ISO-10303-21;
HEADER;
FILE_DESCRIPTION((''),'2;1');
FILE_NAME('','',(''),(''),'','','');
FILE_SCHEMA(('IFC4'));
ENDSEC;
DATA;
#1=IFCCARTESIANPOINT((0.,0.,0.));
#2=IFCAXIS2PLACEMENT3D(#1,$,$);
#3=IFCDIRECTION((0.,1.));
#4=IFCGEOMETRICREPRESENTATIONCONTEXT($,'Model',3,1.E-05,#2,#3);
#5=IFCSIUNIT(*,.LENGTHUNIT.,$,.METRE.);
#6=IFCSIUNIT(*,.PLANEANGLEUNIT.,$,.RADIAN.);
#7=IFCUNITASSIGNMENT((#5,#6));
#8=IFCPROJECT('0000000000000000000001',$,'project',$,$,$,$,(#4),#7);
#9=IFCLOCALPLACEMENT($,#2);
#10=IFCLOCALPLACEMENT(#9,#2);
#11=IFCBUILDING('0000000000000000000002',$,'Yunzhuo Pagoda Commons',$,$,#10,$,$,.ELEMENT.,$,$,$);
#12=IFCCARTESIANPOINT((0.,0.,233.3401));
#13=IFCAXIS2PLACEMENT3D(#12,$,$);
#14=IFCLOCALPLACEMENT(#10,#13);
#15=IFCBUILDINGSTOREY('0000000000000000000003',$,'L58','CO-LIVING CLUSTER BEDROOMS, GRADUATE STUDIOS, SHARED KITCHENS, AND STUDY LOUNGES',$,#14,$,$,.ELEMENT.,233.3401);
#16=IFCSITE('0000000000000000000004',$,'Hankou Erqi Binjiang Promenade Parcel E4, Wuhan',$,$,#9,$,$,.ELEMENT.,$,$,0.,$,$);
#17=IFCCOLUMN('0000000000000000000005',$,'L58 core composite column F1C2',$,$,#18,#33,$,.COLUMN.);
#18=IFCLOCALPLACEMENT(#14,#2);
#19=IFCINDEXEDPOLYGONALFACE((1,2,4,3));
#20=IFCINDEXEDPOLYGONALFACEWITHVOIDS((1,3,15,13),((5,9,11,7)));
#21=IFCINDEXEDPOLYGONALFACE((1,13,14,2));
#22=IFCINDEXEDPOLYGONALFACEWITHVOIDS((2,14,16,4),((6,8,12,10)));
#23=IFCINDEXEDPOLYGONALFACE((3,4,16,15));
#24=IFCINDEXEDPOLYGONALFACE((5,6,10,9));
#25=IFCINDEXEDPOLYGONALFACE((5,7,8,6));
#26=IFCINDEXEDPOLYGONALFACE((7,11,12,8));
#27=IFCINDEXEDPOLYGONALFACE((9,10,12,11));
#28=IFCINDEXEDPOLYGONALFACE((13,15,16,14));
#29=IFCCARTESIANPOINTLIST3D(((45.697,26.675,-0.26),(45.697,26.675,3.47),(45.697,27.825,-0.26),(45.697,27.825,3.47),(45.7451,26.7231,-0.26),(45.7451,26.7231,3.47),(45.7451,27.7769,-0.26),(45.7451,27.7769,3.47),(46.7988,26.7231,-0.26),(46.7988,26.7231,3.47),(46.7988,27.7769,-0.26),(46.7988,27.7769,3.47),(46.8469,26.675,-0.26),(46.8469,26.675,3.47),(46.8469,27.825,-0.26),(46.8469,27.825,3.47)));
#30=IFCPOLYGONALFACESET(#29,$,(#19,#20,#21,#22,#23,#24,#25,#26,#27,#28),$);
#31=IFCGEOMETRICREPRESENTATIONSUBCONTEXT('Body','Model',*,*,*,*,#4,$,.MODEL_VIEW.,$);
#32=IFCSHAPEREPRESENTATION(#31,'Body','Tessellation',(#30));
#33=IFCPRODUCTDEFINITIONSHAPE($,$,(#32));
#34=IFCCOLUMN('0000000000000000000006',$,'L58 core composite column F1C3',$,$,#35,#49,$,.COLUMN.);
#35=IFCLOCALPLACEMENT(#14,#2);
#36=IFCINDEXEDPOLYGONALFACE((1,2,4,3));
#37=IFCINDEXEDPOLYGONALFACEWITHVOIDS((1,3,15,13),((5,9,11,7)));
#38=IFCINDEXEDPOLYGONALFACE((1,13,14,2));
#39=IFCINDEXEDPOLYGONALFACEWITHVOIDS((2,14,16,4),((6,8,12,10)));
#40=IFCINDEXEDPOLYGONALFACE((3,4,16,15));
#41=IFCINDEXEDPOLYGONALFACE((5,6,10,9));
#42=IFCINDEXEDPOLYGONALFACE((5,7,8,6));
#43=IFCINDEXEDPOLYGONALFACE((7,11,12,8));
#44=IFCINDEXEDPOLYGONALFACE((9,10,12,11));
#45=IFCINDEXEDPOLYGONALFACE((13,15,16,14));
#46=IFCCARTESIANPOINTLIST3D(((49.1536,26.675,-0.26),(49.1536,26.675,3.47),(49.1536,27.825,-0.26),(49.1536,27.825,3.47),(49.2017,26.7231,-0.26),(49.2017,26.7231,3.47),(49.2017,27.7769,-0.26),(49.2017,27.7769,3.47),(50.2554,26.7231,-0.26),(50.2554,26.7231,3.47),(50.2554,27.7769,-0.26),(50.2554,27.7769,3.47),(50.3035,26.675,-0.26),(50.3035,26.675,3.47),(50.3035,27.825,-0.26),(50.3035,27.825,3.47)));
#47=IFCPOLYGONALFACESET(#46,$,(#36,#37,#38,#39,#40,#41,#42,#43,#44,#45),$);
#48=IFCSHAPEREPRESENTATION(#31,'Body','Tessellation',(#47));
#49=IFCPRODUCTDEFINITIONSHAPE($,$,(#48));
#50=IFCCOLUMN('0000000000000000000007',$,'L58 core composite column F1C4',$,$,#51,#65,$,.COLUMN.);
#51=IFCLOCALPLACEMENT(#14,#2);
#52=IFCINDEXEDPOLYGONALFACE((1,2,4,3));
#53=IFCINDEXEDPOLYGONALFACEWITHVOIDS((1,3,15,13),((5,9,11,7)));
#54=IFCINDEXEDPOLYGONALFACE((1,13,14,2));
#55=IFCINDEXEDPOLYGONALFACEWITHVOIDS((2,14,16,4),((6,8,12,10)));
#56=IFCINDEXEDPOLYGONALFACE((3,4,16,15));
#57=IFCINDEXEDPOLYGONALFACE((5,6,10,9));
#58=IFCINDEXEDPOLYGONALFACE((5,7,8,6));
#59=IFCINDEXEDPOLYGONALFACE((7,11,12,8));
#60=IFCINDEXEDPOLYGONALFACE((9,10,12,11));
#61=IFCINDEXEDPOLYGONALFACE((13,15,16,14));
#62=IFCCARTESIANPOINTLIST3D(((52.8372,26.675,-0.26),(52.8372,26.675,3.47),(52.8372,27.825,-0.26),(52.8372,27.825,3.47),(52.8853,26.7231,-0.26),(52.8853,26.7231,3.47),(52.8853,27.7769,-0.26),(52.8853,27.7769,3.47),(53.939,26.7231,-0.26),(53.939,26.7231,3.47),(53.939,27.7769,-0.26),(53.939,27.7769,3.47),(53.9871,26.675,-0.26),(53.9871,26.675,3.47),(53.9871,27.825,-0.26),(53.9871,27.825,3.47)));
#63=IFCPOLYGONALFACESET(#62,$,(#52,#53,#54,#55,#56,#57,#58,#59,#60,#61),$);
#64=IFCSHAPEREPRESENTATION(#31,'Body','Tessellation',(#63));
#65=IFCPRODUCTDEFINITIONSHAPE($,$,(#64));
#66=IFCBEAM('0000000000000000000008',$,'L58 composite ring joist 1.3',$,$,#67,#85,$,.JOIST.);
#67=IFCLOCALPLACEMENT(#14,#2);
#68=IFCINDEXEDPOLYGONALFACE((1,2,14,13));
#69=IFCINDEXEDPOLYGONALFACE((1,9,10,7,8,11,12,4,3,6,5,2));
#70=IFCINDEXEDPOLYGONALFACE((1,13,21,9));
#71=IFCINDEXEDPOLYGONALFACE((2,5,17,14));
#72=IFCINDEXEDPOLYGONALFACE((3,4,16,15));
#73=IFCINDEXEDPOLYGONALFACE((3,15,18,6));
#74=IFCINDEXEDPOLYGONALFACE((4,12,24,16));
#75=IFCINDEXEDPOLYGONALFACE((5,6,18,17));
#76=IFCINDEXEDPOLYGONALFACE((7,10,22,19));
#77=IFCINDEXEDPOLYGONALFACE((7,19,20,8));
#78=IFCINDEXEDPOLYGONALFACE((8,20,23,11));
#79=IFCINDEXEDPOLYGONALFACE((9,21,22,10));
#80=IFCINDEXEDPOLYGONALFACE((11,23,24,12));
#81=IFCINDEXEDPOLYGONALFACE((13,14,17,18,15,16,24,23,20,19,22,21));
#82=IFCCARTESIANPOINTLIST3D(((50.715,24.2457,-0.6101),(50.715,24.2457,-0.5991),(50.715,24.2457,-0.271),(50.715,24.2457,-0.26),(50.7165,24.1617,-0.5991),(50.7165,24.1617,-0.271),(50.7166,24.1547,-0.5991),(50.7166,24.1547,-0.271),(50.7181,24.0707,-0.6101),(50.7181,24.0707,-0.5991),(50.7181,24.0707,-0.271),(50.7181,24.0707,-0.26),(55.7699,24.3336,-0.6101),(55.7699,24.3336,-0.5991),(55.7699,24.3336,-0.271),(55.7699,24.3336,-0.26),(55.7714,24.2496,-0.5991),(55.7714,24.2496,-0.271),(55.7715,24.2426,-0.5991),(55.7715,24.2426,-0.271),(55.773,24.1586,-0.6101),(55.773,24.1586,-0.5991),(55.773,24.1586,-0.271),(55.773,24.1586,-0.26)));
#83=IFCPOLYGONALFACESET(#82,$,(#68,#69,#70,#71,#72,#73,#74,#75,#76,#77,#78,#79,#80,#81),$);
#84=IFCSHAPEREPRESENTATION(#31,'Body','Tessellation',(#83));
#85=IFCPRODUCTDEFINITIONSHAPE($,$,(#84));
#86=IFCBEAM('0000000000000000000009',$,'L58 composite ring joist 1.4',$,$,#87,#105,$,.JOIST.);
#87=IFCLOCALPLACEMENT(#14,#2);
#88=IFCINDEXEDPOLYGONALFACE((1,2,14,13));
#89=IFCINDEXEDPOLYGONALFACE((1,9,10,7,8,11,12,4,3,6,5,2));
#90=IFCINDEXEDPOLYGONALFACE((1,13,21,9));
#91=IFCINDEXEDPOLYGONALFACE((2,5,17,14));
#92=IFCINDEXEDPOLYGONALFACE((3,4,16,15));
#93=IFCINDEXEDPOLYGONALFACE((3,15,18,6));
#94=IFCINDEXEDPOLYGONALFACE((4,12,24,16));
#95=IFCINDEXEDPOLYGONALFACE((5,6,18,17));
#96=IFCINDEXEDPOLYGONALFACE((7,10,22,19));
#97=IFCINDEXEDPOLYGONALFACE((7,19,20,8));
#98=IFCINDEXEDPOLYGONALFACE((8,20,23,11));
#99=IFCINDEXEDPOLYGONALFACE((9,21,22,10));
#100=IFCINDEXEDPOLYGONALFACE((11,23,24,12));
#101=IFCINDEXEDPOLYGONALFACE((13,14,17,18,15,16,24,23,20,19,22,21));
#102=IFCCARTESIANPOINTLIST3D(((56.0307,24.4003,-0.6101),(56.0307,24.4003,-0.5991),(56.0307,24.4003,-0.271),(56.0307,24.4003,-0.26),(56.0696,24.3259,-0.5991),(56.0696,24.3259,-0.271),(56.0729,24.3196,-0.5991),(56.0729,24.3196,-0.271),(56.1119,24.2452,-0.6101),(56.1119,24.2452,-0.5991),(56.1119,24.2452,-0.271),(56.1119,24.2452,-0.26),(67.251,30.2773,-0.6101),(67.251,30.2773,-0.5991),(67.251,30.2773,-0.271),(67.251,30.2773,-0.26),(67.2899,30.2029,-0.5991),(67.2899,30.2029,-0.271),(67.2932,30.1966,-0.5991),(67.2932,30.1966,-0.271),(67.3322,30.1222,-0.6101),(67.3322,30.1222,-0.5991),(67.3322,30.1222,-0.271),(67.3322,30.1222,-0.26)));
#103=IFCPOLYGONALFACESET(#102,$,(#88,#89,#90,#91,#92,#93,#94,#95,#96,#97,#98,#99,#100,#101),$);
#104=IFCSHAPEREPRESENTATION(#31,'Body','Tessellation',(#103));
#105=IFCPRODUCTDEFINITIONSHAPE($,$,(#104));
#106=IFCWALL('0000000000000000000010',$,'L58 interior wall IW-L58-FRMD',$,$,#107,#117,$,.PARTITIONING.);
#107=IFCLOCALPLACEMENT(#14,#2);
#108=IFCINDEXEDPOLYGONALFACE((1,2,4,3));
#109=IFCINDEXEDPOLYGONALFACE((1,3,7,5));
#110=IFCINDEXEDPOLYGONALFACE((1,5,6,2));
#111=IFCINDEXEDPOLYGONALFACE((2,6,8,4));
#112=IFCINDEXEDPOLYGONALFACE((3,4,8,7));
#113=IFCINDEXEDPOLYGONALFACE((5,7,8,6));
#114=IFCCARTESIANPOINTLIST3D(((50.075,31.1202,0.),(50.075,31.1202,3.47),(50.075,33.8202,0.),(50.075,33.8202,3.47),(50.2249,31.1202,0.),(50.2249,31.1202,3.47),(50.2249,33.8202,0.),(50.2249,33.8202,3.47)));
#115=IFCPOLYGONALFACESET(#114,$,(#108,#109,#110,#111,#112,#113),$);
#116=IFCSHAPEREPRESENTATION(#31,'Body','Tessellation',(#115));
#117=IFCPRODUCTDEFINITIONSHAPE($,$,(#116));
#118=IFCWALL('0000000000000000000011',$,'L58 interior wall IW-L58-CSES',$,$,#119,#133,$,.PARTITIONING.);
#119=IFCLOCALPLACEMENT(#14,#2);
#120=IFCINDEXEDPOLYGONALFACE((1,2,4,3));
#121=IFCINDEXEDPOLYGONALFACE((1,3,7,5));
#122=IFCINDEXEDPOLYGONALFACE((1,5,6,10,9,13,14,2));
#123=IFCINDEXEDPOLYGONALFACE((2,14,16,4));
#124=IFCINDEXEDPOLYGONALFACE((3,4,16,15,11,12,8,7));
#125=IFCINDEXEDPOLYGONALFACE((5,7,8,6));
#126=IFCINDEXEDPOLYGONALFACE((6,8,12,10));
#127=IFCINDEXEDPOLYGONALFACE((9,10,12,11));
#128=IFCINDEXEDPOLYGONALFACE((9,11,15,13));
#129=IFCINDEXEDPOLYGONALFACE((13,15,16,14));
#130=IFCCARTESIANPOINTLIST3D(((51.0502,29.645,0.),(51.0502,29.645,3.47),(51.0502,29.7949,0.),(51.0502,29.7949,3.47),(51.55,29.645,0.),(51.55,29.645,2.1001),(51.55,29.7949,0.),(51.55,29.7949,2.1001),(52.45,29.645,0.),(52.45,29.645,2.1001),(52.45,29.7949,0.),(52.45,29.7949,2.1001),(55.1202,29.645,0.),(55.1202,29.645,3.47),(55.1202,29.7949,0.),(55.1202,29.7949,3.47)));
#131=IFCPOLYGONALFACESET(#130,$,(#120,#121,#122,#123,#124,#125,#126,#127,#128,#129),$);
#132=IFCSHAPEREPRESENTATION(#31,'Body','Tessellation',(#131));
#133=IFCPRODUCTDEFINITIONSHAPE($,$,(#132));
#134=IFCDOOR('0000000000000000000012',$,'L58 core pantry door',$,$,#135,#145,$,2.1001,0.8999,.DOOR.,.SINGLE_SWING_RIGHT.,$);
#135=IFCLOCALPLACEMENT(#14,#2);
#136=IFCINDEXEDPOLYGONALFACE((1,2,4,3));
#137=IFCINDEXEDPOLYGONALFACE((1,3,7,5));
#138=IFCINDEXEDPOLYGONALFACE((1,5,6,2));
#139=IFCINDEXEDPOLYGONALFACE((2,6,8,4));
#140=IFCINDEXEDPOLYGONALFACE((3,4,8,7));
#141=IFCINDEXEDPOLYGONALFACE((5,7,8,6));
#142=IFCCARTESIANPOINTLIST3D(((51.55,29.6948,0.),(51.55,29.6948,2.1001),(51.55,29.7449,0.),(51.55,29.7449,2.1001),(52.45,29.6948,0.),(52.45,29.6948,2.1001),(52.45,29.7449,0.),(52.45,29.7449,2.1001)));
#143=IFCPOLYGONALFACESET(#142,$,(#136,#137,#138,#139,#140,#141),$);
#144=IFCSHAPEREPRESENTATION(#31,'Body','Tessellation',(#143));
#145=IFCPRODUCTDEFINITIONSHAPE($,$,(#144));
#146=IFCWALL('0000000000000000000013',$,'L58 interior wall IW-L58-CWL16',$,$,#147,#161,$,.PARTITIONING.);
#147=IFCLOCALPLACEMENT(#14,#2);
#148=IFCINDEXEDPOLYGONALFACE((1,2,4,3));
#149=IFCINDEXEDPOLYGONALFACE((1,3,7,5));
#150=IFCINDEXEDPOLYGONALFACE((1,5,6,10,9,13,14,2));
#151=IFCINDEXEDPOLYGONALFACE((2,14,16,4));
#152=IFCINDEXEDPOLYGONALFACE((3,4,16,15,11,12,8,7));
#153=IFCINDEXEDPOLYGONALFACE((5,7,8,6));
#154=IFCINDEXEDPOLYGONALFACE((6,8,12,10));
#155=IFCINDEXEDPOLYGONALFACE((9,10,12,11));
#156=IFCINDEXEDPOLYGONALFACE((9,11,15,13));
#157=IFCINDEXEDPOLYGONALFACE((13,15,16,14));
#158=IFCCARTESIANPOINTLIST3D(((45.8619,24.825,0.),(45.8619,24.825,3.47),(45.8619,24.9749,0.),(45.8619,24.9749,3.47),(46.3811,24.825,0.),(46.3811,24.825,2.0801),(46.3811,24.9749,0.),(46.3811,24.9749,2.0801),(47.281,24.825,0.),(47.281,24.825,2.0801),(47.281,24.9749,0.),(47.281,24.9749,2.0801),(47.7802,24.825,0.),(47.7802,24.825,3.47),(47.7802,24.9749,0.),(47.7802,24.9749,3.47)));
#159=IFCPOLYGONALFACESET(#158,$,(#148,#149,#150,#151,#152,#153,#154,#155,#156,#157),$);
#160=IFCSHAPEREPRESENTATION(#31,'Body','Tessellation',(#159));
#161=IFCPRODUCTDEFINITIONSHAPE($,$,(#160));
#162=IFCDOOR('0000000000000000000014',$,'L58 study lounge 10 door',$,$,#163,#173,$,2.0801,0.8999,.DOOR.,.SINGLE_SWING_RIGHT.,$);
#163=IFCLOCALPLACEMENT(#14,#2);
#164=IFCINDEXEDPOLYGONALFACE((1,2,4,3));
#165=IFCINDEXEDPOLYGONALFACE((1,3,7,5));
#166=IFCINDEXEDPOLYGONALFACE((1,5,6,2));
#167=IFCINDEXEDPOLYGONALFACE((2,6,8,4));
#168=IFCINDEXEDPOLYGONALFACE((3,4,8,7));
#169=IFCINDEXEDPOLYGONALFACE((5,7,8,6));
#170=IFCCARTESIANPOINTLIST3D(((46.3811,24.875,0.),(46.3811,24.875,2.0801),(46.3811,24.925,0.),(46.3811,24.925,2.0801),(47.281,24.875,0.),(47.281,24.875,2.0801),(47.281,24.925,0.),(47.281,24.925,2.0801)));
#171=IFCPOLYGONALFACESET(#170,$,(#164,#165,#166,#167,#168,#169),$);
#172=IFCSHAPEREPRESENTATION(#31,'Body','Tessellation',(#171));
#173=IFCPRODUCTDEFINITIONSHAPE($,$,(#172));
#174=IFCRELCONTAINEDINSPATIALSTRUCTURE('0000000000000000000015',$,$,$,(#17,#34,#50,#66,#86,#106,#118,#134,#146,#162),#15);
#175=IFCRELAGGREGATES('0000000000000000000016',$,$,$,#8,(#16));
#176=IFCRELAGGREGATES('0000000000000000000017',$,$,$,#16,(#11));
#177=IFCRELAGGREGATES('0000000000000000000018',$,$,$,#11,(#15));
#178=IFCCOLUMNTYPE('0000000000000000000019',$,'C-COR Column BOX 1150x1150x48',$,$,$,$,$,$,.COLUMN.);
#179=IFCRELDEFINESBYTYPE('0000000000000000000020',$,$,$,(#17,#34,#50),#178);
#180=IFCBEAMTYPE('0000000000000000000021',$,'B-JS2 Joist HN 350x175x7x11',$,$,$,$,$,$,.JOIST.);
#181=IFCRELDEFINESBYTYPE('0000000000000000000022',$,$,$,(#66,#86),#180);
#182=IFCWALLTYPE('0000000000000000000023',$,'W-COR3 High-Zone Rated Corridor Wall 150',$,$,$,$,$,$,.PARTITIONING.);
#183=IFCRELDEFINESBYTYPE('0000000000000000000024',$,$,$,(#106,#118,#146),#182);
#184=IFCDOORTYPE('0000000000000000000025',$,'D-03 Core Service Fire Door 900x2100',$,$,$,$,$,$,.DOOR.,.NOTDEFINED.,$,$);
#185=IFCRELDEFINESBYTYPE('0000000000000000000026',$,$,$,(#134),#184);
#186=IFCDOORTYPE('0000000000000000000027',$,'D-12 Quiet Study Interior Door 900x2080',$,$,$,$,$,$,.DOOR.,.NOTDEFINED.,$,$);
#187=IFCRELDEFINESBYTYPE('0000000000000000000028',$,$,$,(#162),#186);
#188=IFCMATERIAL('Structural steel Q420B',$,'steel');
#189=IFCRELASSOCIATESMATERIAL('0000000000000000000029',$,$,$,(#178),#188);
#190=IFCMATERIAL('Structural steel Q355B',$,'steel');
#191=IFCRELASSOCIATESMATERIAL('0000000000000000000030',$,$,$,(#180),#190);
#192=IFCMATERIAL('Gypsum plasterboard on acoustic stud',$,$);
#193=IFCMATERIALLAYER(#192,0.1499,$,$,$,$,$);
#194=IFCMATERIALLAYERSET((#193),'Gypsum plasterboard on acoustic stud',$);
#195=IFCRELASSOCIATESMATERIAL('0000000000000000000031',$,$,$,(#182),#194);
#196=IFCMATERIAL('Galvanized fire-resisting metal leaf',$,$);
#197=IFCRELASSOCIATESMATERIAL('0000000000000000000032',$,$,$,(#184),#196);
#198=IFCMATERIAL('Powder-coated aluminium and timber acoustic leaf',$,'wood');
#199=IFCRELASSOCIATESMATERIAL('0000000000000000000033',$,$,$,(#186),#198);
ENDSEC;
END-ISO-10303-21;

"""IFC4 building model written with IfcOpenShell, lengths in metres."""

from ifc_helpers import new_model, si_unit, direction, frame, frame_2d, origin, origin_with_axes, origin_2d, place, context, subcontext, project, spatial, rectangle, hollow_rectangle, i_section, extrude, source, transform, mapped, material, layer, layer_set, material_profile, profile_set, type_object, element, fill, save


model = new_model("IFC4")

# Units and contexts
model_context = context("Model", 3, precision=1e-05, world=origin(), true_north=direction((0.0, 1.0)))
body_context = subcontext(model_context, "Body", "Model", "MODEL_VIEW")
ifc_project = project(units=[si_unit("LENGTHUNIT", "METRE"), si_unit("PLANEANGLEUNIT", "RADIAN")], contexts=[model_context])

# Site, building, storey
site_placement = place(None, origin())
site = spatial("IfcSite", under=ifc_project, at=site_placement, Name="Hankou Erqi Binjiang Promenade Parcel E4, Wuhan", CompositionType="ELEMENT", RefElevation=0.0)
building_placement = place(site_placement, origin())
building = spatial("IfcBuilding", under=site, at=building_placement, Name="Yunzhuo Pagoda Commons", CompositionType="ELEMENT")
storey_placement = place(building_placement, frame((0.0, 0.0, 233.3401)))
storey = spatial("IfcBuildingStorey", under=building, at=storey_placement, Name="L58", Description="CO-LIVING CLUSTER BEDROOMS, GRADUATE STUDIOS, SHARED KITCHENS, AND STUDY LOUNGES", CompositionType="ELEMENT", Elevation=233.3401)

# Columns
ifc_material_1 = material(Name="Structural steel Q420B", Category="steel")
ifc_material_profile_1 = material_profile(ifc_material_1, hollow_rectangle(XDim=1.1499, YDim=1.1499, WallThickness=0.0481, at=origin_2d()), Name="Structural steel Q420B")
ifc_profile_set_1 = profile_set([ifc_material_profile_1], Name="Structural steel Q420B")
column_type = type_object("IfcColumnType", Name="C-COR Column BOX 1150x1150x48", PredefinedType="COLUMN", material=ifc_profile_set_1)
shared_shape_1 = source(origin(), body_context, "Body", "SweptSolid", [
    extrude(hollow_rectangle(XDim=1.1499, YDim=1.1499, WallThickness=0.0481, at=origin_2d()), origin(), (0.0, 0.0, 1.0), 3.73),
])
for number, where, z_axis, x_axis, name in (
    (1, (46.272, 27.25, -0.26), (0.0, 0.0, 1.0), (1.0, 0.0, 0.0), "L58 core composite column F1C2"),
    (2, (49.7285, 27.25, -0.26), (0.0, 0.0, 1.0), (1.0, 0.0, 0.0), "L58 core composite column F1C3"),
    (3, (53.4121, 27.25, -0.26), (0.0, 0.0, 1.0), (1.0, 0.0, 0.0), "L58 core composite column F1C4"),
):
    element("IfcColumn", number, at=place(storey_placement, frame(where, z_axis=z_axis, x_axis=x_axis)), inside=storey, type_object=column_type, Name=name, PredefinedType="COLUMN", context=body_context, shape_type="MappedRepresentation", body=[
        mapped(shared_shape_1, transform((0.0, 0.0, 0.0), scale=1.0)),
    ])

# Beams
ifc_material_2 = material(Name="Structural steel Q355B", Category="steel")
ifc_material_profile_2 = material_profile(ifc_material_2, i_section(OverallWidth=0.175, OverallDepth=0.3501, WebThickness=0.0071, FlangeThickness=0.011, at=origin_2d()), Name="Structural steel Q355B")
ifc_profile_set_2 = profile_set([ifc_material_profile_2], Name="Structural steel Q355B")
beam_type = type_object("IfcBeamType", Name="B-JS2 Joist HN 350x175x7x11", PredefinedType="JOIST", material=ifc_profile_set_2)
shared_shape_2 = source(origin(), body_context, "Body", "SweptSolid", [
    extrude(i_section(OverallWidth=0.175, OverallDepth=0.3501, WebThickness=0.0071, FlangeThickness=0.011, at=origin_2d()), origin(), (0.0, 0.0, 1.0), 5.0557),
])
beam_1_placement = place(storey_placement, frame((50.7166, 24.1582, -0.4351), z_axis=(0.999849, 0.017384, 0.0), x_axis=(-0.017384, 0.999849, 0.0)))
element("IfcBeam", 4, at=beam_1_placement, inside=storey, type_object=beam_type, Name="L58 composite ring joist 1.3", PredefinedType="JOIST", context=body_context, shape_type="MappedRepresentation", body=[
    mapped(shared_shape_2, transform((0.0, 0.0, 0.0), scale=1.0)),
])
shared_shape_3 = source(origin(), body_context, "Body", "SweptSolid", [
    extrude(i_section(OverallWidth=0.175, OverallDepth=0.3501, WebThickness=0.0071, FlangeThickness=0.011, at=origin_2d()), origin(), (0.0, 0.0, 1.0), 12.6663),
])
beam_2_placement = place(storey_placement, frame((56.0713, 24.3228, -0.4351), z_axis=(0.885841, 0.463988, 0.0), x_axis=(-0.463988, 0.885841, 0.0)))
element("IfcBeam", 5, at=beam_2_placement, inside=storey, type_object=beam_type, Name="L58 composite ring joist 1.4", PredefinedType="JOIST", context=body_context, shape_type="MappedRepresentation", body=[
    mapped(shared_shape_3, transform((0.0, 0.0, 0.0), scale=1.0)),
])

# Wall
ifc_material_3 = material(Name="Gypsum plasterboard on acoustic stud")
ifc_layer_1 = layer(ifc_material_3, 0.1499)
ifc_layer_set_1 = layer_set([ifc_layer_1], Name="Gypsum plasterboard on acoustic stud")
wall_type_1 = type_object("IfcWallType", Name="W-COR3 High-Zone Rated Corridor Wall 150", PredefinedType="PARTITIONING", material=ifc_layer_set_1)
wall_1_placement = place(storey_placement, frame((50.1499, 31.1201, 0.0), z_axis=(0.0, 0.0, 1.0), x_axis=(0.0, 1.0, 0.0)))
element("IfcWall", 6, at=wall_1_placement, inside=storey, type_object=wall_type_1, Name="L58 interior wall IW-L58-FRMD", PredefinedType="PARTITIONING", context=body_context, shape_type="SweptSolid", body=[
    extrude(rectangle(XDim=2.7, YDim=0.1499, at=frame_2d((1.3501, 0.0))), origin(), (0.0, 0.0, 1.0), 3.47),
])

# Walls, openings, doors
wall_2_placement = place(storey_placement, frame((51.05, 29.72, 0.0), z_axis=(0.0, 0.0, 1.0), x_axis=(1.0, 0.0, 0.0)))
wall_2 = element("IfcWall", 7, at=wall_2_placement, inside=storey, type_object=wall_type_1, Name="L58 interior wall IW-L58-CSES", PredefinedType="PARTITIONING", context=body_context, shape_type="SweptSolid", body=[
    extrude(rectangle(XDim=4.0701, YDim=0.1499, at=frame_2d((2.0352, 0.0))), origin(), (0.0, 0.0, 1.0), 3.47),
])
opening_1_placement = place(wall_2_placement, frame((0.5, 0.0, 0.0)))
opening_1 = element("IfcOpeningElement", 8, at=opening_1_placement, cuts=wall_2, PredefinedType="OPENING", context=body_context, shape_type="SweptSolid", body=[
    extrude(rectangle(XDim=0.8999, YDim=2.1001, at=frame_2d((0.45, 1.05))), frame((0.0, 0.085, 0.0), z_axis=(0.0, -1.0, 0.0), x_axis=(1.0, 0.0, 0.0)), (0.0, 0.0, 1.0), 0.1699),
])
ifc_material_4 = material(Name="Galvanized fire-resisting metal leaf")
door_type_1 = type_object("IfcDoorType", Name="D-03 Core Service Fire Door 900x2100", OperationType="NOTDEFINED", PredefinedType="DOOR", material=ifc_material_4)
shared_shape_4 = source(origin(), body_context, "Body", "SweptSolid", [
    extrude(rectangle(XDim=0.8999, YDim=2.1001, at=frame_2d((0.45, 1.05))), frame((0.0, 0.0249, 0.0), z_axis=(0.0, -1.0, 0.0), x_axis=(1.0, 0.0, 0.0)), (0.0, 0.0, 1.0), 0.05),
])
door_1_placement = place(opening_1_placement, origin_with_axes())
door_1 = element("IfcDoor", 9, at=door_1_placement, inside=storey, type_object=door_type_1, Name="L58 core pantry door", OperationType="SINGLE_SWING_RIGHT", OverallHeight=2.1001, OverallWidth=0.8999, PredefinedType="DOOR", context=body_context, shape_type="MappedRepresentation", body=[
    mapped(shared_shape_4, transform((0.0, 0.0, 0.0), scale=1.0)),
])
fill(opening_1, door_1)
wall_3_placement = place(storey_placement, frame((47.78, 24.8999, 0.0), z_axis=(0.0, 0.0, 1.0), x_axis=(-1.0, 0.0, 0.0)))
wall_3 = element("IfcWall", 10, at=wall_3_placement, inside=storey, type_object=wall_type_1, Name="L58 interior wall IW-L58-CWL16", PredefinedType="PARTITIONING", context=body_context, shape_type="SweptSolid", body=[
    extrude(rectangle(XDim=1.9182, YDim=0.1499, at=frame_2d((0.959, 0.0))), origin(), (0.0, 0.0, 1.0), 3.47),
])
opening_2_placement = place(wall_3_placement, frame((0.499, 0.0, 0.0)))
opening_2 = element("IfcOpeningElement", 11, at=opening_2_placement, cuts=wall_3, PredefinedType="OPENING", context=body_context, shape_type="SweptSolid", body=[
    extrude(rectangle(XDim=0.8999, YDim=2.0801, at=frame_2d((0.45, 1.04))), frame((0.0, 0.085, 0.0), z_axis=(0.0, -1.0, 0.0), x_axis=(1.0, 0.0, 0.0)), (0.0, 0.0, 1.0), 0.1699),
])
ifc_material_5 = material(Name="Powder-coated aluminium and timber acoustic leaf", Category="wood")
door_type_2 = type_object("IfcDoorType", Name="D-12 Quiet Study Interior Door 900x2080", OperationType="NOTDEFINED", PredefinedType="DOOR", material=ifc_material_5)
shared_shape_5 = source(origin(), body_context, "Body", "SweptSolid", [
    extrude(rectangle(XDim=0.8999, YDim=2.0801, at=frame_2d((0.45, 1.04))), frame((0.0, 0.0249, 0.0), z_axis=(0.0, -1.0, 0.0), x_axis=(1.0, 0.0, 0.0)), (0.0, 0.0, 1.0), 0.05),
])
door_2_placement = place(opening_2_placement, origin_with_axes())
door_2 = element("IfcDoor", 12, at=door_2_placement, inside=storey, type_object=door_type_2, Name="L58 study lounge 10 door", OperationType="SINGLE_SWING_RIGHT", OverallHeight=2.0801, OverallWidth=0.8999, PredefinedType="DOOR", context=body_context, shape_type="MappedRepresentation", body=[
    mapped(shared_shape_5, transform((0.0, 0.0, 0.0), scale=1.0)),
])
fill(opening_2, door_2)

save(model, "model.ifc")
